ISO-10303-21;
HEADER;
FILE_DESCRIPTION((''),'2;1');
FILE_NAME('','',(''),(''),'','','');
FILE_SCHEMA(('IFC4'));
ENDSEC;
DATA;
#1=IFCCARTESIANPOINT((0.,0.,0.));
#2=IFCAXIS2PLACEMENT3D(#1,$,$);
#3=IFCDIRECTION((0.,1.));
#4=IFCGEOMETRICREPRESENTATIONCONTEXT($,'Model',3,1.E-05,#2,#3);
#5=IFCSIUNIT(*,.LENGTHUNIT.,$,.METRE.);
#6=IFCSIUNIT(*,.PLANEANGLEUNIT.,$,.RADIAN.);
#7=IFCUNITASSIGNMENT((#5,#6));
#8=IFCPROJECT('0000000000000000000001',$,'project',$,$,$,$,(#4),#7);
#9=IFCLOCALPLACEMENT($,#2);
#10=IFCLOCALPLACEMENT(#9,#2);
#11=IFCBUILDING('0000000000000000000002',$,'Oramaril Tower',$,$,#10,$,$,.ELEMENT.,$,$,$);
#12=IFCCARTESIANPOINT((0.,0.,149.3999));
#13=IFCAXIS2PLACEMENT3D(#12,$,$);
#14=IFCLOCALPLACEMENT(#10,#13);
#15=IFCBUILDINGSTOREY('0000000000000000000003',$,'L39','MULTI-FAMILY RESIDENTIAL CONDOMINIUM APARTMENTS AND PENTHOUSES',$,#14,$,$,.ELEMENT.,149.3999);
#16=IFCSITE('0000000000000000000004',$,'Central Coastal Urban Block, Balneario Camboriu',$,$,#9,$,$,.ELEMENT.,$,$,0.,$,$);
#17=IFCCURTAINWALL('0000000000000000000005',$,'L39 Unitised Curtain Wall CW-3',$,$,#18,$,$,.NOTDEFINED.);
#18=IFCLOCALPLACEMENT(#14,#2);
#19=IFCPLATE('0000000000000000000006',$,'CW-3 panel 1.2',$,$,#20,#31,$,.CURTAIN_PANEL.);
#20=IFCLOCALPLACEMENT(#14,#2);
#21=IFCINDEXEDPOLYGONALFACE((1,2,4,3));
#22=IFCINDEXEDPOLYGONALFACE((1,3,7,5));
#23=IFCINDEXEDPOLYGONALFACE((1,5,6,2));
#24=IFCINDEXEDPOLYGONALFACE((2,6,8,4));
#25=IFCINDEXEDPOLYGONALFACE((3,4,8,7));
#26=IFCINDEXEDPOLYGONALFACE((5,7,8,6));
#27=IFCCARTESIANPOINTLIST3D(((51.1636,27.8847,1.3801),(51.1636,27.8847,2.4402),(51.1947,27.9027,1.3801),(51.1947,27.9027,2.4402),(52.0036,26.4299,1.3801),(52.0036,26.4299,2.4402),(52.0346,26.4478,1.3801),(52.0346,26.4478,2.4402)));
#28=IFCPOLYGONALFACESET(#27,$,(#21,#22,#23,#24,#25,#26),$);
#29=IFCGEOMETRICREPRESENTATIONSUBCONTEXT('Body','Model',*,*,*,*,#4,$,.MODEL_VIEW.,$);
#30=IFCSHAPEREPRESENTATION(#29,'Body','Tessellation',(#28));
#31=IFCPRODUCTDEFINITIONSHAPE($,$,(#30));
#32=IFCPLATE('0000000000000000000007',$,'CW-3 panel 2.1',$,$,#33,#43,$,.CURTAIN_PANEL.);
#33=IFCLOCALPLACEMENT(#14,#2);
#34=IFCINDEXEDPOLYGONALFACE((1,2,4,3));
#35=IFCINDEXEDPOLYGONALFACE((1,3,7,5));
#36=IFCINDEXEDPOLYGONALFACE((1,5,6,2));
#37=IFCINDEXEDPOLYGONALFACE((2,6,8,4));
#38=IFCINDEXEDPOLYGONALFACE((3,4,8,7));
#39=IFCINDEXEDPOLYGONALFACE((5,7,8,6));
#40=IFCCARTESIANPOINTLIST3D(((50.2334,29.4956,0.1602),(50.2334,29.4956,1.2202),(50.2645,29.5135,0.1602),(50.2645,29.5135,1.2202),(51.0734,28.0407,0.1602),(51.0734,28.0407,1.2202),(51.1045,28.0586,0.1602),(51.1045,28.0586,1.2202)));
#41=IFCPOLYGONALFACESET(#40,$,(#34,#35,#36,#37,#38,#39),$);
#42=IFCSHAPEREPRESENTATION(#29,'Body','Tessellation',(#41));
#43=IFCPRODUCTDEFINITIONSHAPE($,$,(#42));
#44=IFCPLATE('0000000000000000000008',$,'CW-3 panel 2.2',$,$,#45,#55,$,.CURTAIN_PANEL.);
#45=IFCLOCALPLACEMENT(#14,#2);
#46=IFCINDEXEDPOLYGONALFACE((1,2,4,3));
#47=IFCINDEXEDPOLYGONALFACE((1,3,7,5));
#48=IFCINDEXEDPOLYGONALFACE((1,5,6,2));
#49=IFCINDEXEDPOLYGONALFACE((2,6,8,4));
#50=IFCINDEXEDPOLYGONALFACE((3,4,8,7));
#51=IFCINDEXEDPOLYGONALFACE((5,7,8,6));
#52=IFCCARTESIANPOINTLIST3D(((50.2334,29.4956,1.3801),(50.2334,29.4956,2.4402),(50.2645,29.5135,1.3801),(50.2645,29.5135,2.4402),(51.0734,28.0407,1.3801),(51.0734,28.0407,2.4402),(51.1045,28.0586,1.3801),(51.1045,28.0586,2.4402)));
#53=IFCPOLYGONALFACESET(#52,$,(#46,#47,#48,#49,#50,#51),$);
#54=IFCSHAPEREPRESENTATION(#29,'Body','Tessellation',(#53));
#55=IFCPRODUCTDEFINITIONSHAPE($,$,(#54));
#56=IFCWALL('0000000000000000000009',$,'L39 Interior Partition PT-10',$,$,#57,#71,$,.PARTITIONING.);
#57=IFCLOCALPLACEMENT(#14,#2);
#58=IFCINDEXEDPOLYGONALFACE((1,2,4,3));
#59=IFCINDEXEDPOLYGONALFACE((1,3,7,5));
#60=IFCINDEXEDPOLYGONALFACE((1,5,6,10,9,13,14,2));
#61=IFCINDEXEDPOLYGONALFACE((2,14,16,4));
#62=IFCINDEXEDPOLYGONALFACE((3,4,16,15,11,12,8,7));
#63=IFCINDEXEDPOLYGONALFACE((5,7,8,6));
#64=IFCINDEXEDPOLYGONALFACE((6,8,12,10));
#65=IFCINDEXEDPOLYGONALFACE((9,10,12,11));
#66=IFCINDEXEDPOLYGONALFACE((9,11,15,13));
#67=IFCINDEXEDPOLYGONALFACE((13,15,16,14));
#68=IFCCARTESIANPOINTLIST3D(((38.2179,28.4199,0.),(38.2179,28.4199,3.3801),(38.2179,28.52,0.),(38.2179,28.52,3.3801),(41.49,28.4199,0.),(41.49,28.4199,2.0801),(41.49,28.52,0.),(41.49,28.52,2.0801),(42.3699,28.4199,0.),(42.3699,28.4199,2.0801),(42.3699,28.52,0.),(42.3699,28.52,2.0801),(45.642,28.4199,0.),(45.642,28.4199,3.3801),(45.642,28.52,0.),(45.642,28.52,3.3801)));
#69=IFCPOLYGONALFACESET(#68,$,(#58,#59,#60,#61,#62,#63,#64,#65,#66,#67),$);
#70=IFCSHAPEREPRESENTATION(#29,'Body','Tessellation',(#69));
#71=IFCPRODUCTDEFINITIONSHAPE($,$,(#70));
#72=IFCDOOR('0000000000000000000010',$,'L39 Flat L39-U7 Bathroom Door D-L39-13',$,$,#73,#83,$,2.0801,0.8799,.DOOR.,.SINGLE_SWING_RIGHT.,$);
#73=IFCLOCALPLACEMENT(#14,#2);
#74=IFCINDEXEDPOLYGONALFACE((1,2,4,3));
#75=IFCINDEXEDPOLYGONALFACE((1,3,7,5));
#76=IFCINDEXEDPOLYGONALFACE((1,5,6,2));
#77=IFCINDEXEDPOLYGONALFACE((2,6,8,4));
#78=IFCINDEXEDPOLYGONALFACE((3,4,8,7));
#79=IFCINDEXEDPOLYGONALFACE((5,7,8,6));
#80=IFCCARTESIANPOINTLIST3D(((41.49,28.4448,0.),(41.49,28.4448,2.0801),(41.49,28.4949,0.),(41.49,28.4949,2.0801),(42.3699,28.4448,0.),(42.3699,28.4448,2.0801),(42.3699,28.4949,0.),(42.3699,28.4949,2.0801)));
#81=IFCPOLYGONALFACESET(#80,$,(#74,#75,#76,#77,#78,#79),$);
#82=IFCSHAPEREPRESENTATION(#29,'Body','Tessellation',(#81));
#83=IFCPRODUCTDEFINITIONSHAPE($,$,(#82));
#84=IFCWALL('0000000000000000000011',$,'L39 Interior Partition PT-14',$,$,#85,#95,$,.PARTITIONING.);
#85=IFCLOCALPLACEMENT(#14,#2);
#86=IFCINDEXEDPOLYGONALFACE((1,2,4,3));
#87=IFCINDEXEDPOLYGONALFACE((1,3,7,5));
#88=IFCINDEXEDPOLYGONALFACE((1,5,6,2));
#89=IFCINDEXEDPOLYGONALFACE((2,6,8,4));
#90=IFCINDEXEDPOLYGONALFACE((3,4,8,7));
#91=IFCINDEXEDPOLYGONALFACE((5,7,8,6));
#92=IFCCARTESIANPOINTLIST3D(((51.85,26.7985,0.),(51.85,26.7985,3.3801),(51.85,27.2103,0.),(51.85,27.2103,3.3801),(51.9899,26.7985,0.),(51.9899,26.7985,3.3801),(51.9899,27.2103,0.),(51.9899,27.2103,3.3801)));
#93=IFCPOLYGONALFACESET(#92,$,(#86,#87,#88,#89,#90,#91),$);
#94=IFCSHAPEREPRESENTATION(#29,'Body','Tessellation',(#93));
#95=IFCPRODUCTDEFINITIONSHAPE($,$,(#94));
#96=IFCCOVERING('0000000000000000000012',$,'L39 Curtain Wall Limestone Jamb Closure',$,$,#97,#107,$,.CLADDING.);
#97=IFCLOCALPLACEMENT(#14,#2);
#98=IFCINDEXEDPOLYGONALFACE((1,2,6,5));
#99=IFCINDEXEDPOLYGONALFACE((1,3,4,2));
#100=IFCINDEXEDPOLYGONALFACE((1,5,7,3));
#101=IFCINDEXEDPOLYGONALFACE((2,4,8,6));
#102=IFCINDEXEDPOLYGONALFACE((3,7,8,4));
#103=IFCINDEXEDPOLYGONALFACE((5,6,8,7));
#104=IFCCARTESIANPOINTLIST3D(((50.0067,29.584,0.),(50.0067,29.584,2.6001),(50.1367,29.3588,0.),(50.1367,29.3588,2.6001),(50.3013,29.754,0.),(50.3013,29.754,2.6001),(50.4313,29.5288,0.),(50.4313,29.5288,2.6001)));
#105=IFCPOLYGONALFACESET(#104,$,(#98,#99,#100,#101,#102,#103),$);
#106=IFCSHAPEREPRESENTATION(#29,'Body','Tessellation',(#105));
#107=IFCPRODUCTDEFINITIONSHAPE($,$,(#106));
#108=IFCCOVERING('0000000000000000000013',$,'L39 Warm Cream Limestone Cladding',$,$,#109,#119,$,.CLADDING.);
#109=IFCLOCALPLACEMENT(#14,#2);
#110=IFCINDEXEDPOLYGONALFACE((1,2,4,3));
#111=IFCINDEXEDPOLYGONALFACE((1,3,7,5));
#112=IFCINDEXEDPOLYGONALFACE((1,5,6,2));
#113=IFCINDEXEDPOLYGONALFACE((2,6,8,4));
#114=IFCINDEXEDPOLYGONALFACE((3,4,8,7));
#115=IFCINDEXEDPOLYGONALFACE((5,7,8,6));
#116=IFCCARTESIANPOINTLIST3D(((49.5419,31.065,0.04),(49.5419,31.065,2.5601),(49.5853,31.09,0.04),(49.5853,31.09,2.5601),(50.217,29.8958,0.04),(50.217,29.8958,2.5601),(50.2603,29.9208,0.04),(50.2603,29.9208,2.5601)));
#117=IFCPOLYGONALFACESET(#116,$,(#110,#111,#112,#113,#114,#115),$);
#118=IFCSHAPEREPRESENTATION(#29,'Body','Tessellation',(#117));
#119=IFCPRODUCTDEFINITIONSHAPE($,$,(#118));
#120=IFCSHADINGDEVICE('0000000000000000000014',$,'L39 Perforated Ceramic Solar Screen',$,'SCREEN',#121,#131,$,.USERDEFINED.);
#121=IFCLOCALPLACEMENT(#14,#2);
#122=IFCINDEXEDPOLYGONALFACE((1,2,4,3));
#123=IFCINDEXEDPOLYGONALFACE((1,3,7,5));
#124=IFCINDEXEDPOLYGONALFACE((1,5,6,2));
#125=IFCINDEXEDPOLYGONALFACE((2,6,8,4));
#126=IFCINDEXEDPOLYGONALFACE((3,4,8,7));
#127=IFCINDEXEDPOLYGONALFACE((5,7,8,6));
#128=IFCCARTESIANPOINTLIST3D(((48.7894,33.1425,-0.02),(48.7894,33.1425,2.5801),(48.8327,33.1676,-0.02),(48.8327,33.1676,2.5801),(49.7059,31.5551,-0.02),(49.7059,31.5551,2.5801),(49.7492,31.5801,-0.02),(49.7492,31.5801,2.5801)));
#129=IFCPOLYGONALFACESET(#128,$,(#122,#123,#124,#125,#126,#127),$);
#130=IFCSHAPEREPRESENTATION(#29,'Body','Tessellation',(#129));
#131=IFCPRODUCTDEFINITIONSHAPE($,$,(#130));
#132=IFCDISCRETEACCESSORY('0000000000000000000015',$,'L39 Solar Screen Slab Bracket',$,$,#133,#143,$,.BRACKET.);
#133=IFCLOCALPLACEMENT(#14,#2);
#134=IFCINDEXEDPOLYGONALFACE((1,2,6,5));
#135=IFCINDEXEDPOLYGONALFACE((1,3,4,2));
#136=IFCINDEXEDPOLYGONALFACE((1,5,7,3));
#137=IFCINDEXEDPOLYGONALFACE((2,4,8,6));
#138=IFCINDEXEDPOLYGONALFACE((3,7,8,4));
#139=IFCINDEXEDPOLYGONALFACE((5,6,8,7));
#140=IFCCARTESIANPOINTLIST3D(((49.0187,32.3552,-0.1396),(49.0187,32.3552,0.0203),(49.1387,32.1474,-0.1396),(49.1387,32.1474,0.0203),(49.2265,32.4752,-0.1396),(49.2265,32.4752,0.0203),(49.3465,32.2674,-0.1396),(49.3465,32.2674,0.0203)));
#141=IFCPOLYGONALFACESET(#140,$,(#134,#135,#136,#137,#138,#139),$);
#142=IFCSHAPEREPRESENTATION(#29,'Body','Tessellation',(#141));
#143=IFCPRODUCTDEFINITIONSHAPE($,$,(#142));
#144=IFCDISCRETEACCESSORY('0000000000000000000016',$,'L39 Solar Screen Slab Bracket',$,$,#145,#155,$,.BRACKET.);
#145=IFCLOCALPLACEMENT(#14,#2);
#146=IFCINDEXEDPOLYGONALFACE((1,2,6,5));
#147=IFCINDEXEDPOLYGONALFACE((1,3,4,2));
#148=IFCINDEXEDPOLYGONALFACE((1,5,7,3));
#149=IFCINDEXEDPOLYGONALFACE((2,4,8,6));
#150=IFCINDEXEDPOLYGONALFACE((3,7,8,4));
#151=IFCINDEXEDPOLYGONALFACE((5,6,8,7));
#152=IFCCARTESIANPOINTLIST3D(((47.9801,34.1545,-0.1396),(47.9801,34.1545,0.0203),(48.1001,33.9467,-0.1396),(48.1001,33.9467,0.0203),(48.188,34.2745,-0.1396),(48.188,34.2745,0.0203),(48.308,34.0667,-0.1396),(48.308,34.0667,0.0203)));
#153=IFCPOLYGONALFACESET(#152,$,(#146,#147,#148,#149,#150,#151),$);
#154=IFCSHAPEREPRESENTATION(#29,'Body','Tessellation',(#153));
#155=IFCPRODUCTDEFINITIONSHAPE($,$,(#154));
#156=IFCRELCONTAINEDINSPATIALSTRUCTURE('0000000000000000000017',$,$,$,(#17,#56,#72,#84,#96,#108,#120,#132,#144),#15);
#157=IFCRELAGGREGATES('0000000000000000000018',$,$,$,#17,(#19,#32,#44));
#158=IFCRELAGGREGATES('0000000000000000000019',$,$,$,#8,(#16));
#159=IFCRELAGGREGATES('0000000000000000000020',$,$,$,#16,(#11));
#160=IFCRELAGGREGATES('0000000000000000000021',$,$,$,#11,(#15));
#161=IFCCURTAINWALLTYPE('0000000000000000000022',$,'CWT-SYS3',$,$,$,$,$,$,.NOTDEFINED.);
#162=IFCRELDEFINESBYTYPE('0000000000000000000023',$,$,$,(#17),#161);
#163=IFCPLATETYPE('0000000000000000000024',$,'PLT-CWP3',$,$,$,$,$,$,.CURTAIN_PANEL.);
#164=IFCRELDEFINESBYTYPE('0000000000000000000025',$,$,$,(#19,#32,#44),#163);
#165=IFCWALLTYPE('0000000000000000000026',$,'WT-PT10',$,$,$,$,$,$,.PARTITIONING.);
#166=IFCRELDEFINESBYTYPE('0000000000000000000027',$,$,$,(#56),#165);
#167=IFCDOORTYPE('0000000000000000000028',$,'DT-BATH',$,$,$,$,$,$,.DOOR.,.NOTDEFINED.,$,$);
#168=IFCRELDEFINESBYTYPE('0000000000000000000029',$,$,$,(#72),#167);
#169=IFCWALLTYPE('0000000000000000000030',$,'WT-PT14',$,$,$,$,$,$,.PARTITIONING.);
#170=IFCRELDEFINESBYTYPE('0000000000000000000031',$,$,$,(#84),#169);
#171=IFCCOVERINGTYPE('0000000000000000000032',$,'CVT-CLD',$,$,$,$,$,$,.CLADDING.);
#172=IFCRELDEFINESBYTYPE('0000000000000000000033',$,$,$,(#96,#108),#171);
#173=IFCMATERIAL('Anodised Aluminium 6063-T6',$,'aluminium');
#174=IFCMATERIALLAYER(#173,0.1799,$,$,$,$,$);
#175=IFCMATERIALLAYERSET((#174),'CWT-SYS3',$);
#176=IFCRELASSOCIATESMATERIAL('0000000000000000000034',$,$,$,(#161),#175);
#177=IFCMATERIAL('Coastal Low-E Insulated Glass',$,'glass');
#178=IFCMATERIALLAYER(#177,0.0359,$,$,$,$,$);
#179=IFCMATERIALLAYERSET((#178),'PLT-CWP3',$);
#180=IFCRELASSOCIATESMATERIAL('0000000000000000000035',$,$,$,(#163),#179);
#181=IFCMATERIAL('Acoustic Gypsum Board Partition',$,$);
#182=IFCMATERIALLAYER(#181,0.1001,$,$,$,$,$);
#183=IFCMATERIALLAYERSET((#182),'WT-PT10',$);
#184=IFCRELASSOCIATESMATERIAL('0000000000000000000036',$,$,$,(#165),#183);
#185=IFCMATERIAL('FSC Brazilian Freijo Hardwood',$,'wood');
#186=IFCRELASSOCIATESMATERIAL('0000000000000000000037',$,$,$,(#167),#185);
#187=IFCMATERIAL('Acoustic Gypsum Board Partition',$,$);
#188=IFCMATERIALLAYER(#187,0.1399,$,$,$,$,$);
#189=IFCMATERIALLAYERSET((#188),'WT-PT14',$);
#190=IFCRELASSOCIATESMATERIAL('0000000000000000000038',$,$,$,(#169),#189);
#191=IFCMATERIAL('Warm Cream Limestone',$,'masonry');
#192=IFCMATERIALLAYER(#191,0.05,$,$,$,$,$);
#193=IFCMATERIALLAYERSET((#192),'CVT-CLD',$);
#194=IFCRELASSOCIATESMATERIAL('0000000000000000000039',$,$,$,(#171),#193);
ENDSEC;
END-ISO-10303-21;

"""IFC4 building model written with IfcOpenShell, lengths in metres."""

from ifc_helpers import new_model, si_unit, direction, frame, frame_2d, origin, origin_2d, place, context, subcontext, project, spatial, rectangle, extrude, material, layer, layer_set, type_object, element, fill, aggregate, save


model = new_model("IFC4")

# Units and contexts
model_context = context("Model", 3, precision=1e-05, world=origin(), true_north=direction((0.0, 1.0)))
body_context = subcontext(model_context, "Body", "Model", "MODEL_VIEW")
ifc_project = project(units=[si_unit("LENGTHUNIT", "METRE"), si_unit("PLANEANGLEUNIT", "RADIAN")], contexts=[model_context])

# Site, building, storey
site_placement = place(None, origin())
site = spatial("IfcSite", under=ifc_project, at=site_placement, Name="Central Coastal Urban Block, Balneario Camboriu", CompositionType="ELEMENT", RefElevation=0.0)
building_placement = place(site_placement, origin())
building = spatial("IfcBuilding", under=site, at=building_placement, Name="Oramaril Tower", CompositionType="ELEMENT")
storey_placement = place(building_placement, frame((0.0, 0.0, 149.3999)))
storey = spatial("IfcBuildingStorey", under=building, at=storey_placement, Name="L39", Description="MULTI-FAMILY RESIDENTIAL CONDOMINIUM APARTMENTS AND PENTHOUSES", CompositionType="ELEMENT", Elevation=149.3999)

# Curtain wall, plates
ifc_material_1 = material(Name="Anodised Aluminium 6063-T6", Category="aluminium")
ifc_layer_1 = layer(ifc_material_1, 0.1799)
ifc_layer_set_1 = layer_set([ifc_layer_1], Name="CWT-SYS3")
curtain_wall_type = type_object("IfcCurtainWallType", Name="CWT-SYS3", PredefinedType="NOTDEFINED", material=ifc_layer_set_1)
curtain_wall_placement = place(storey_placement, origin())
curtain_wall = element("IfcCurtainWall", 1, at=curtain_wall_placement, inside=storey, type_object=curtain_wall_type, Name="L39 Unitised Curtain Wall CW-3", PredefinedType="NOTDEFINED")
ifc_material_2 = material(Name="Coastal Low-E Insulated Glass", Category="glass")
ifc_layer_2 = layer(ifc_material_2, 0.0359)
ifc_layer_set_2 = layer_set([ifc_layer_2], Name="PLT-CWP3")
plate_type = type_object("IfcPlateType", Name="PLT-CWP3", PredefinedType="CURTAIN_PANEL", material=ifc_layer_set_2)
plate_1_placement = place(storey_placement, frame((51.5991, 27.1663, 1.3801), z_axis=(0.0, 0.0, 1.0), x_axis=(-0.5, 0.866025, 0.0)))
plate_1 = element("IfcPlate", 2, at=plate_1_placement, type_object=plate_type, Name="CW-3 panel 1.2", PredefinedType="CURTAIN_PANEL", context=body_context, shape_type="SweptSolid", body=[
    extrude(rectangle(XDim=1.6799, YDim=0.0359, at=origin_2d()), origin(), (0.0, 0.0, 1.0), 1.0601),
])
plate_2_placement = place(storey_placement, frame((50.6689, 28.7771, 0.1602), z_axis=(0.0, 0.0, 1.0), x_axis=(-0.5, 0.866025, 0.0)))
plate_2 = element("IfcPlate", 3, at=plate_2_placement, type_object=plate_type, Name="CW-3 panel 2.1", PredefinedType="CURTAIN_PANEL", context=body_context, shape_type="SweptSolid", body=[
    extrude(rectangle(XDim=1.6799, YDim=0.0359, at=origin_2d()), origin(), (0.0, 0.0, 1.0), 1.0601),
])
plate_3_placement = place(storey_placement, frame((50.6689, 28.7771, 1.3801), z_axis=(0.0, 0.0, 1.0), x_axis=(-0.5, 0.866025, 0.0)))
plate_3 = element("IfcPlate", 4, at=plate_3_placement, type_object=plate_type, Name="CW-3 panel 2.2", PredefinedType="CURTAIN_PANEL", context=body_context, shape_type="SweptSolid", body=[
    extrude(rectangle(XDim=1.6799, YDim=0.0359, at=origin_2d()), origin(), (0.0, 0.0, 1.0), 1.0601),
])
aggregate(curtain_wall, [plate_1, plate_2, plate_3])

# Wall, opening, door
ifc_material_3 = material(Name="Acoustic Gypsum Board Partition")
ifc_layer_3 = layer(ifc_material_3, 0.1001)
ifc_layer_set_3 = layer_set([ifc_layer_3], Name="WT-PT10")
wall_type_1 = type_object("IfcWallType", Name="WT-PT10", PredefinedType="PARTITIONING", material=ifc_layer_set_3)
wall_1_placement = place(storey_placement, frame((38.218, 28.47, 0.0), z_axis=(0.0, 0.0, 1.0), x_axis=(1.0, 0.0, 0.0)))
wall_1 = element("IfcWall", 5, at=wall_1_placement, inside=storey, type_object=wall_type_1, Name="L39 Interior Partition PT-10", PredefinedType="PARTITIONING", context=body_context, shape_type="SweptSolid", body=[
    extrude(rectangle(XDim=7.4241, YDim=0.1001, at=frame_2d((3.7119, 0.0))), origin(), (0.0, 0.0, 1.0), 3.3801),
])
opening_1_placement = place(wall_1_placement, frame((3.272, 0.0, 0.0)))
opening_1 = element("IfcOpeningElement", 6, at=opening_1_placement, cuts=wall_1, PredefinedType="OPENING", context=body_context, shape_type="SweptSolid", body=[
    extrude(rectangle(XDim=0.8799, YDim=2.0801, at=frame_2d((0.4399, 1.04))), frame((0.0, 0.05, 0.0), z_axis=(0.0, -1.0, 0.0), x_axis=(1.0, 0.0, 0.0)), (0.0, 0.0, 1.0), 0.1001),
])
ifc_material_4 = material(Name="FSC Brazilian Freijo Hardwood", Category="wood")
door_type_1 = type_object("IfcDoorType", Name="DT-BATH", OperationType="NOTDEFINED", PredefinedType="DOOR", material=ifc_material_4)
door_1_placement = place(opening_1_placement, origin())
door_1 = element("IfcDoor", 7, at=door_1_placement, inside=storey, type_object=door_type_1, Name="L39 Flat L39-U7 Bathroom Door D-L39-13", OperationType="SINGLE_SWING_RIGHT", OverallHeight=2.0801, OverallWidth=0.8799, PredefinedType="DOOR", context=body_context, shape_type="SweptSolid", body=[
    extrude(rectangle(XDim=0.8799, YDim=2.0801, at=frame_2d((0.4399, 1.04))), frame((0.0, 0.0249, 0.0), z_axis=(0.0, -1.0, 0.0), x_axis=(1.0, 0.0, 0.0)), (0.0, 0.0, 1.0), 0.05),
])
fill(opening_1, door_1)

# Wall
ifc_material_5 = material(Name="Acoustic Gypsum Board Partition")
ifc_layer_4 = layer(ifc_material_5, 0.1399)
ifc_layer_set_4 = layer_set([ifc_layer_4], Name="WT-PT14")
wall_type_2 = type_object("IfcWallType", Name="WT-PT14", PredefinedType="PARTITIONING", material=ifc_layer_set_4)
wall_2_placement = place(storey_placement, frame((51.9199, 26.7983, 0.0), z_axis=(0.0, 0.0, 1.0), x_axis=(0.0, 1.0, 0.0)))
element("IfcWall", 8, at=wall_2_placement, inside=storey, type_object=wall_type_2, Name="L39 Interior Partition PT-14", PredefinedType="PARTITIONING", context=body_context, shape_type="SweptSolid", body=[
    extrude(rectangle(XDim=0.4119, YDim=0.1399, at=frame_2d((0.2061, 0.0))), origin(), (0.0, 0.0, 1.0), 3.3801),
])

# Coverings
ifc_material_6 = material(Name="Warm Cream Limestone", Category="masonry")
ifc_layer_5 = layer(ifc_material_6, 0.05)
ifc_layer_set_5 = layer_set([ifc_layer_5], Name="CVT-CLD")
covering_type = type_object("IfcCoveringType", Name="CVT-CLD", PredefinedType="CLADDING", material=ifc_layer_set_5)
covering_1_placement = place(storey_placement, frame((50.219, 29.5564, 0.0), z_axis=(0.0, 0.0, 1.0), x_axis=(-0.5, 0.866025, 0.0)))
element("IfcCovering", 9, at=covering_1_placement, inside=storey, type_object=covering_type, Name="L39 Curtain Wall Limestone Jamb Closure", PredefinedType="CLADDING", context=body_context, shape_type="SweptSolid", body=[
    extrude(rectangle(XDim=0.26, YDim=0.3401, at=origin_2d()), origin(), (0.0, 0.0, 1.0), 2.6001),
])
covering_2_placement = place(storey_placement, frame((49.9011, 30.4929, 0.04), z_axis=(0.0, 0.0, 1.0), x_axis=(-0.5, 0.866025, 0.0)))
element("IfcCovering", 10, at=covering_2_placement, inside=storey, type_object=covering_type, Name="L39 Warm Cream Limestone Cladding", PredefinedType="CLADDING", context=body_context, shape_type="SweptSolid", body=[
    extrude(rectangle(XDim=1.3501, YDim=0.05, at=origin_2d()), origin(), (0.0, 0.0, 1.0), 2.52),
])

# Shading device
shading_device_placement = place(storey_placement, frame((49.2693, 32.3613, -0.02), z_axis=(0.0, 0.0, 1.0), x_axis=(-0.500002, 0.866025, 0.0)))
element("IfcShadingDevice", 11, at=shading_device_placement, inside=storey, Name="L39 Perforated Ceramic Solar Screen", ObjectType="SCREEN", PredefinedType="USERDEFINED", context=body_context, shape_type="SweptSolid", body=[
    extrude(rectangle(XDim=1.833, YDim=0.05, at=origin_2d()), origin(), (0.0, 0.0, 1.0), 2.6001),
])

# Discrete accessories
for number, where, z_axis, x_axis, name in (
    (12, (49.1826, 32.3113, -0.1396), (0.0, 0.0, 1.0), (-0.500002, 0.866025, 0.0), "L39 Solar Screen Slab Bracket"),
    (13, (48.144, 34.1106, -0.1396), (0.0, 0.0, 1.0), (-0.500002, 0.866025, 0.0), "L39 Solar Screen Slab Bracket"),
):
    element("IfcDiscreteAccessory", number, at=place(storey_placement, frame(where, z_axis=z_axis, x_axis=x_axis)), inside=storey, Name=name, PredefinedType="BRACKET", context=body_context, shape_type="SweptSolid", body=[
        extrude(rectangle(XDim=0.24, YDim=0.24, at=origin_2d()), origin(), (0.0, 0.0, 1.0), 0.1599),
    ])

save(model, "model.ifc")
